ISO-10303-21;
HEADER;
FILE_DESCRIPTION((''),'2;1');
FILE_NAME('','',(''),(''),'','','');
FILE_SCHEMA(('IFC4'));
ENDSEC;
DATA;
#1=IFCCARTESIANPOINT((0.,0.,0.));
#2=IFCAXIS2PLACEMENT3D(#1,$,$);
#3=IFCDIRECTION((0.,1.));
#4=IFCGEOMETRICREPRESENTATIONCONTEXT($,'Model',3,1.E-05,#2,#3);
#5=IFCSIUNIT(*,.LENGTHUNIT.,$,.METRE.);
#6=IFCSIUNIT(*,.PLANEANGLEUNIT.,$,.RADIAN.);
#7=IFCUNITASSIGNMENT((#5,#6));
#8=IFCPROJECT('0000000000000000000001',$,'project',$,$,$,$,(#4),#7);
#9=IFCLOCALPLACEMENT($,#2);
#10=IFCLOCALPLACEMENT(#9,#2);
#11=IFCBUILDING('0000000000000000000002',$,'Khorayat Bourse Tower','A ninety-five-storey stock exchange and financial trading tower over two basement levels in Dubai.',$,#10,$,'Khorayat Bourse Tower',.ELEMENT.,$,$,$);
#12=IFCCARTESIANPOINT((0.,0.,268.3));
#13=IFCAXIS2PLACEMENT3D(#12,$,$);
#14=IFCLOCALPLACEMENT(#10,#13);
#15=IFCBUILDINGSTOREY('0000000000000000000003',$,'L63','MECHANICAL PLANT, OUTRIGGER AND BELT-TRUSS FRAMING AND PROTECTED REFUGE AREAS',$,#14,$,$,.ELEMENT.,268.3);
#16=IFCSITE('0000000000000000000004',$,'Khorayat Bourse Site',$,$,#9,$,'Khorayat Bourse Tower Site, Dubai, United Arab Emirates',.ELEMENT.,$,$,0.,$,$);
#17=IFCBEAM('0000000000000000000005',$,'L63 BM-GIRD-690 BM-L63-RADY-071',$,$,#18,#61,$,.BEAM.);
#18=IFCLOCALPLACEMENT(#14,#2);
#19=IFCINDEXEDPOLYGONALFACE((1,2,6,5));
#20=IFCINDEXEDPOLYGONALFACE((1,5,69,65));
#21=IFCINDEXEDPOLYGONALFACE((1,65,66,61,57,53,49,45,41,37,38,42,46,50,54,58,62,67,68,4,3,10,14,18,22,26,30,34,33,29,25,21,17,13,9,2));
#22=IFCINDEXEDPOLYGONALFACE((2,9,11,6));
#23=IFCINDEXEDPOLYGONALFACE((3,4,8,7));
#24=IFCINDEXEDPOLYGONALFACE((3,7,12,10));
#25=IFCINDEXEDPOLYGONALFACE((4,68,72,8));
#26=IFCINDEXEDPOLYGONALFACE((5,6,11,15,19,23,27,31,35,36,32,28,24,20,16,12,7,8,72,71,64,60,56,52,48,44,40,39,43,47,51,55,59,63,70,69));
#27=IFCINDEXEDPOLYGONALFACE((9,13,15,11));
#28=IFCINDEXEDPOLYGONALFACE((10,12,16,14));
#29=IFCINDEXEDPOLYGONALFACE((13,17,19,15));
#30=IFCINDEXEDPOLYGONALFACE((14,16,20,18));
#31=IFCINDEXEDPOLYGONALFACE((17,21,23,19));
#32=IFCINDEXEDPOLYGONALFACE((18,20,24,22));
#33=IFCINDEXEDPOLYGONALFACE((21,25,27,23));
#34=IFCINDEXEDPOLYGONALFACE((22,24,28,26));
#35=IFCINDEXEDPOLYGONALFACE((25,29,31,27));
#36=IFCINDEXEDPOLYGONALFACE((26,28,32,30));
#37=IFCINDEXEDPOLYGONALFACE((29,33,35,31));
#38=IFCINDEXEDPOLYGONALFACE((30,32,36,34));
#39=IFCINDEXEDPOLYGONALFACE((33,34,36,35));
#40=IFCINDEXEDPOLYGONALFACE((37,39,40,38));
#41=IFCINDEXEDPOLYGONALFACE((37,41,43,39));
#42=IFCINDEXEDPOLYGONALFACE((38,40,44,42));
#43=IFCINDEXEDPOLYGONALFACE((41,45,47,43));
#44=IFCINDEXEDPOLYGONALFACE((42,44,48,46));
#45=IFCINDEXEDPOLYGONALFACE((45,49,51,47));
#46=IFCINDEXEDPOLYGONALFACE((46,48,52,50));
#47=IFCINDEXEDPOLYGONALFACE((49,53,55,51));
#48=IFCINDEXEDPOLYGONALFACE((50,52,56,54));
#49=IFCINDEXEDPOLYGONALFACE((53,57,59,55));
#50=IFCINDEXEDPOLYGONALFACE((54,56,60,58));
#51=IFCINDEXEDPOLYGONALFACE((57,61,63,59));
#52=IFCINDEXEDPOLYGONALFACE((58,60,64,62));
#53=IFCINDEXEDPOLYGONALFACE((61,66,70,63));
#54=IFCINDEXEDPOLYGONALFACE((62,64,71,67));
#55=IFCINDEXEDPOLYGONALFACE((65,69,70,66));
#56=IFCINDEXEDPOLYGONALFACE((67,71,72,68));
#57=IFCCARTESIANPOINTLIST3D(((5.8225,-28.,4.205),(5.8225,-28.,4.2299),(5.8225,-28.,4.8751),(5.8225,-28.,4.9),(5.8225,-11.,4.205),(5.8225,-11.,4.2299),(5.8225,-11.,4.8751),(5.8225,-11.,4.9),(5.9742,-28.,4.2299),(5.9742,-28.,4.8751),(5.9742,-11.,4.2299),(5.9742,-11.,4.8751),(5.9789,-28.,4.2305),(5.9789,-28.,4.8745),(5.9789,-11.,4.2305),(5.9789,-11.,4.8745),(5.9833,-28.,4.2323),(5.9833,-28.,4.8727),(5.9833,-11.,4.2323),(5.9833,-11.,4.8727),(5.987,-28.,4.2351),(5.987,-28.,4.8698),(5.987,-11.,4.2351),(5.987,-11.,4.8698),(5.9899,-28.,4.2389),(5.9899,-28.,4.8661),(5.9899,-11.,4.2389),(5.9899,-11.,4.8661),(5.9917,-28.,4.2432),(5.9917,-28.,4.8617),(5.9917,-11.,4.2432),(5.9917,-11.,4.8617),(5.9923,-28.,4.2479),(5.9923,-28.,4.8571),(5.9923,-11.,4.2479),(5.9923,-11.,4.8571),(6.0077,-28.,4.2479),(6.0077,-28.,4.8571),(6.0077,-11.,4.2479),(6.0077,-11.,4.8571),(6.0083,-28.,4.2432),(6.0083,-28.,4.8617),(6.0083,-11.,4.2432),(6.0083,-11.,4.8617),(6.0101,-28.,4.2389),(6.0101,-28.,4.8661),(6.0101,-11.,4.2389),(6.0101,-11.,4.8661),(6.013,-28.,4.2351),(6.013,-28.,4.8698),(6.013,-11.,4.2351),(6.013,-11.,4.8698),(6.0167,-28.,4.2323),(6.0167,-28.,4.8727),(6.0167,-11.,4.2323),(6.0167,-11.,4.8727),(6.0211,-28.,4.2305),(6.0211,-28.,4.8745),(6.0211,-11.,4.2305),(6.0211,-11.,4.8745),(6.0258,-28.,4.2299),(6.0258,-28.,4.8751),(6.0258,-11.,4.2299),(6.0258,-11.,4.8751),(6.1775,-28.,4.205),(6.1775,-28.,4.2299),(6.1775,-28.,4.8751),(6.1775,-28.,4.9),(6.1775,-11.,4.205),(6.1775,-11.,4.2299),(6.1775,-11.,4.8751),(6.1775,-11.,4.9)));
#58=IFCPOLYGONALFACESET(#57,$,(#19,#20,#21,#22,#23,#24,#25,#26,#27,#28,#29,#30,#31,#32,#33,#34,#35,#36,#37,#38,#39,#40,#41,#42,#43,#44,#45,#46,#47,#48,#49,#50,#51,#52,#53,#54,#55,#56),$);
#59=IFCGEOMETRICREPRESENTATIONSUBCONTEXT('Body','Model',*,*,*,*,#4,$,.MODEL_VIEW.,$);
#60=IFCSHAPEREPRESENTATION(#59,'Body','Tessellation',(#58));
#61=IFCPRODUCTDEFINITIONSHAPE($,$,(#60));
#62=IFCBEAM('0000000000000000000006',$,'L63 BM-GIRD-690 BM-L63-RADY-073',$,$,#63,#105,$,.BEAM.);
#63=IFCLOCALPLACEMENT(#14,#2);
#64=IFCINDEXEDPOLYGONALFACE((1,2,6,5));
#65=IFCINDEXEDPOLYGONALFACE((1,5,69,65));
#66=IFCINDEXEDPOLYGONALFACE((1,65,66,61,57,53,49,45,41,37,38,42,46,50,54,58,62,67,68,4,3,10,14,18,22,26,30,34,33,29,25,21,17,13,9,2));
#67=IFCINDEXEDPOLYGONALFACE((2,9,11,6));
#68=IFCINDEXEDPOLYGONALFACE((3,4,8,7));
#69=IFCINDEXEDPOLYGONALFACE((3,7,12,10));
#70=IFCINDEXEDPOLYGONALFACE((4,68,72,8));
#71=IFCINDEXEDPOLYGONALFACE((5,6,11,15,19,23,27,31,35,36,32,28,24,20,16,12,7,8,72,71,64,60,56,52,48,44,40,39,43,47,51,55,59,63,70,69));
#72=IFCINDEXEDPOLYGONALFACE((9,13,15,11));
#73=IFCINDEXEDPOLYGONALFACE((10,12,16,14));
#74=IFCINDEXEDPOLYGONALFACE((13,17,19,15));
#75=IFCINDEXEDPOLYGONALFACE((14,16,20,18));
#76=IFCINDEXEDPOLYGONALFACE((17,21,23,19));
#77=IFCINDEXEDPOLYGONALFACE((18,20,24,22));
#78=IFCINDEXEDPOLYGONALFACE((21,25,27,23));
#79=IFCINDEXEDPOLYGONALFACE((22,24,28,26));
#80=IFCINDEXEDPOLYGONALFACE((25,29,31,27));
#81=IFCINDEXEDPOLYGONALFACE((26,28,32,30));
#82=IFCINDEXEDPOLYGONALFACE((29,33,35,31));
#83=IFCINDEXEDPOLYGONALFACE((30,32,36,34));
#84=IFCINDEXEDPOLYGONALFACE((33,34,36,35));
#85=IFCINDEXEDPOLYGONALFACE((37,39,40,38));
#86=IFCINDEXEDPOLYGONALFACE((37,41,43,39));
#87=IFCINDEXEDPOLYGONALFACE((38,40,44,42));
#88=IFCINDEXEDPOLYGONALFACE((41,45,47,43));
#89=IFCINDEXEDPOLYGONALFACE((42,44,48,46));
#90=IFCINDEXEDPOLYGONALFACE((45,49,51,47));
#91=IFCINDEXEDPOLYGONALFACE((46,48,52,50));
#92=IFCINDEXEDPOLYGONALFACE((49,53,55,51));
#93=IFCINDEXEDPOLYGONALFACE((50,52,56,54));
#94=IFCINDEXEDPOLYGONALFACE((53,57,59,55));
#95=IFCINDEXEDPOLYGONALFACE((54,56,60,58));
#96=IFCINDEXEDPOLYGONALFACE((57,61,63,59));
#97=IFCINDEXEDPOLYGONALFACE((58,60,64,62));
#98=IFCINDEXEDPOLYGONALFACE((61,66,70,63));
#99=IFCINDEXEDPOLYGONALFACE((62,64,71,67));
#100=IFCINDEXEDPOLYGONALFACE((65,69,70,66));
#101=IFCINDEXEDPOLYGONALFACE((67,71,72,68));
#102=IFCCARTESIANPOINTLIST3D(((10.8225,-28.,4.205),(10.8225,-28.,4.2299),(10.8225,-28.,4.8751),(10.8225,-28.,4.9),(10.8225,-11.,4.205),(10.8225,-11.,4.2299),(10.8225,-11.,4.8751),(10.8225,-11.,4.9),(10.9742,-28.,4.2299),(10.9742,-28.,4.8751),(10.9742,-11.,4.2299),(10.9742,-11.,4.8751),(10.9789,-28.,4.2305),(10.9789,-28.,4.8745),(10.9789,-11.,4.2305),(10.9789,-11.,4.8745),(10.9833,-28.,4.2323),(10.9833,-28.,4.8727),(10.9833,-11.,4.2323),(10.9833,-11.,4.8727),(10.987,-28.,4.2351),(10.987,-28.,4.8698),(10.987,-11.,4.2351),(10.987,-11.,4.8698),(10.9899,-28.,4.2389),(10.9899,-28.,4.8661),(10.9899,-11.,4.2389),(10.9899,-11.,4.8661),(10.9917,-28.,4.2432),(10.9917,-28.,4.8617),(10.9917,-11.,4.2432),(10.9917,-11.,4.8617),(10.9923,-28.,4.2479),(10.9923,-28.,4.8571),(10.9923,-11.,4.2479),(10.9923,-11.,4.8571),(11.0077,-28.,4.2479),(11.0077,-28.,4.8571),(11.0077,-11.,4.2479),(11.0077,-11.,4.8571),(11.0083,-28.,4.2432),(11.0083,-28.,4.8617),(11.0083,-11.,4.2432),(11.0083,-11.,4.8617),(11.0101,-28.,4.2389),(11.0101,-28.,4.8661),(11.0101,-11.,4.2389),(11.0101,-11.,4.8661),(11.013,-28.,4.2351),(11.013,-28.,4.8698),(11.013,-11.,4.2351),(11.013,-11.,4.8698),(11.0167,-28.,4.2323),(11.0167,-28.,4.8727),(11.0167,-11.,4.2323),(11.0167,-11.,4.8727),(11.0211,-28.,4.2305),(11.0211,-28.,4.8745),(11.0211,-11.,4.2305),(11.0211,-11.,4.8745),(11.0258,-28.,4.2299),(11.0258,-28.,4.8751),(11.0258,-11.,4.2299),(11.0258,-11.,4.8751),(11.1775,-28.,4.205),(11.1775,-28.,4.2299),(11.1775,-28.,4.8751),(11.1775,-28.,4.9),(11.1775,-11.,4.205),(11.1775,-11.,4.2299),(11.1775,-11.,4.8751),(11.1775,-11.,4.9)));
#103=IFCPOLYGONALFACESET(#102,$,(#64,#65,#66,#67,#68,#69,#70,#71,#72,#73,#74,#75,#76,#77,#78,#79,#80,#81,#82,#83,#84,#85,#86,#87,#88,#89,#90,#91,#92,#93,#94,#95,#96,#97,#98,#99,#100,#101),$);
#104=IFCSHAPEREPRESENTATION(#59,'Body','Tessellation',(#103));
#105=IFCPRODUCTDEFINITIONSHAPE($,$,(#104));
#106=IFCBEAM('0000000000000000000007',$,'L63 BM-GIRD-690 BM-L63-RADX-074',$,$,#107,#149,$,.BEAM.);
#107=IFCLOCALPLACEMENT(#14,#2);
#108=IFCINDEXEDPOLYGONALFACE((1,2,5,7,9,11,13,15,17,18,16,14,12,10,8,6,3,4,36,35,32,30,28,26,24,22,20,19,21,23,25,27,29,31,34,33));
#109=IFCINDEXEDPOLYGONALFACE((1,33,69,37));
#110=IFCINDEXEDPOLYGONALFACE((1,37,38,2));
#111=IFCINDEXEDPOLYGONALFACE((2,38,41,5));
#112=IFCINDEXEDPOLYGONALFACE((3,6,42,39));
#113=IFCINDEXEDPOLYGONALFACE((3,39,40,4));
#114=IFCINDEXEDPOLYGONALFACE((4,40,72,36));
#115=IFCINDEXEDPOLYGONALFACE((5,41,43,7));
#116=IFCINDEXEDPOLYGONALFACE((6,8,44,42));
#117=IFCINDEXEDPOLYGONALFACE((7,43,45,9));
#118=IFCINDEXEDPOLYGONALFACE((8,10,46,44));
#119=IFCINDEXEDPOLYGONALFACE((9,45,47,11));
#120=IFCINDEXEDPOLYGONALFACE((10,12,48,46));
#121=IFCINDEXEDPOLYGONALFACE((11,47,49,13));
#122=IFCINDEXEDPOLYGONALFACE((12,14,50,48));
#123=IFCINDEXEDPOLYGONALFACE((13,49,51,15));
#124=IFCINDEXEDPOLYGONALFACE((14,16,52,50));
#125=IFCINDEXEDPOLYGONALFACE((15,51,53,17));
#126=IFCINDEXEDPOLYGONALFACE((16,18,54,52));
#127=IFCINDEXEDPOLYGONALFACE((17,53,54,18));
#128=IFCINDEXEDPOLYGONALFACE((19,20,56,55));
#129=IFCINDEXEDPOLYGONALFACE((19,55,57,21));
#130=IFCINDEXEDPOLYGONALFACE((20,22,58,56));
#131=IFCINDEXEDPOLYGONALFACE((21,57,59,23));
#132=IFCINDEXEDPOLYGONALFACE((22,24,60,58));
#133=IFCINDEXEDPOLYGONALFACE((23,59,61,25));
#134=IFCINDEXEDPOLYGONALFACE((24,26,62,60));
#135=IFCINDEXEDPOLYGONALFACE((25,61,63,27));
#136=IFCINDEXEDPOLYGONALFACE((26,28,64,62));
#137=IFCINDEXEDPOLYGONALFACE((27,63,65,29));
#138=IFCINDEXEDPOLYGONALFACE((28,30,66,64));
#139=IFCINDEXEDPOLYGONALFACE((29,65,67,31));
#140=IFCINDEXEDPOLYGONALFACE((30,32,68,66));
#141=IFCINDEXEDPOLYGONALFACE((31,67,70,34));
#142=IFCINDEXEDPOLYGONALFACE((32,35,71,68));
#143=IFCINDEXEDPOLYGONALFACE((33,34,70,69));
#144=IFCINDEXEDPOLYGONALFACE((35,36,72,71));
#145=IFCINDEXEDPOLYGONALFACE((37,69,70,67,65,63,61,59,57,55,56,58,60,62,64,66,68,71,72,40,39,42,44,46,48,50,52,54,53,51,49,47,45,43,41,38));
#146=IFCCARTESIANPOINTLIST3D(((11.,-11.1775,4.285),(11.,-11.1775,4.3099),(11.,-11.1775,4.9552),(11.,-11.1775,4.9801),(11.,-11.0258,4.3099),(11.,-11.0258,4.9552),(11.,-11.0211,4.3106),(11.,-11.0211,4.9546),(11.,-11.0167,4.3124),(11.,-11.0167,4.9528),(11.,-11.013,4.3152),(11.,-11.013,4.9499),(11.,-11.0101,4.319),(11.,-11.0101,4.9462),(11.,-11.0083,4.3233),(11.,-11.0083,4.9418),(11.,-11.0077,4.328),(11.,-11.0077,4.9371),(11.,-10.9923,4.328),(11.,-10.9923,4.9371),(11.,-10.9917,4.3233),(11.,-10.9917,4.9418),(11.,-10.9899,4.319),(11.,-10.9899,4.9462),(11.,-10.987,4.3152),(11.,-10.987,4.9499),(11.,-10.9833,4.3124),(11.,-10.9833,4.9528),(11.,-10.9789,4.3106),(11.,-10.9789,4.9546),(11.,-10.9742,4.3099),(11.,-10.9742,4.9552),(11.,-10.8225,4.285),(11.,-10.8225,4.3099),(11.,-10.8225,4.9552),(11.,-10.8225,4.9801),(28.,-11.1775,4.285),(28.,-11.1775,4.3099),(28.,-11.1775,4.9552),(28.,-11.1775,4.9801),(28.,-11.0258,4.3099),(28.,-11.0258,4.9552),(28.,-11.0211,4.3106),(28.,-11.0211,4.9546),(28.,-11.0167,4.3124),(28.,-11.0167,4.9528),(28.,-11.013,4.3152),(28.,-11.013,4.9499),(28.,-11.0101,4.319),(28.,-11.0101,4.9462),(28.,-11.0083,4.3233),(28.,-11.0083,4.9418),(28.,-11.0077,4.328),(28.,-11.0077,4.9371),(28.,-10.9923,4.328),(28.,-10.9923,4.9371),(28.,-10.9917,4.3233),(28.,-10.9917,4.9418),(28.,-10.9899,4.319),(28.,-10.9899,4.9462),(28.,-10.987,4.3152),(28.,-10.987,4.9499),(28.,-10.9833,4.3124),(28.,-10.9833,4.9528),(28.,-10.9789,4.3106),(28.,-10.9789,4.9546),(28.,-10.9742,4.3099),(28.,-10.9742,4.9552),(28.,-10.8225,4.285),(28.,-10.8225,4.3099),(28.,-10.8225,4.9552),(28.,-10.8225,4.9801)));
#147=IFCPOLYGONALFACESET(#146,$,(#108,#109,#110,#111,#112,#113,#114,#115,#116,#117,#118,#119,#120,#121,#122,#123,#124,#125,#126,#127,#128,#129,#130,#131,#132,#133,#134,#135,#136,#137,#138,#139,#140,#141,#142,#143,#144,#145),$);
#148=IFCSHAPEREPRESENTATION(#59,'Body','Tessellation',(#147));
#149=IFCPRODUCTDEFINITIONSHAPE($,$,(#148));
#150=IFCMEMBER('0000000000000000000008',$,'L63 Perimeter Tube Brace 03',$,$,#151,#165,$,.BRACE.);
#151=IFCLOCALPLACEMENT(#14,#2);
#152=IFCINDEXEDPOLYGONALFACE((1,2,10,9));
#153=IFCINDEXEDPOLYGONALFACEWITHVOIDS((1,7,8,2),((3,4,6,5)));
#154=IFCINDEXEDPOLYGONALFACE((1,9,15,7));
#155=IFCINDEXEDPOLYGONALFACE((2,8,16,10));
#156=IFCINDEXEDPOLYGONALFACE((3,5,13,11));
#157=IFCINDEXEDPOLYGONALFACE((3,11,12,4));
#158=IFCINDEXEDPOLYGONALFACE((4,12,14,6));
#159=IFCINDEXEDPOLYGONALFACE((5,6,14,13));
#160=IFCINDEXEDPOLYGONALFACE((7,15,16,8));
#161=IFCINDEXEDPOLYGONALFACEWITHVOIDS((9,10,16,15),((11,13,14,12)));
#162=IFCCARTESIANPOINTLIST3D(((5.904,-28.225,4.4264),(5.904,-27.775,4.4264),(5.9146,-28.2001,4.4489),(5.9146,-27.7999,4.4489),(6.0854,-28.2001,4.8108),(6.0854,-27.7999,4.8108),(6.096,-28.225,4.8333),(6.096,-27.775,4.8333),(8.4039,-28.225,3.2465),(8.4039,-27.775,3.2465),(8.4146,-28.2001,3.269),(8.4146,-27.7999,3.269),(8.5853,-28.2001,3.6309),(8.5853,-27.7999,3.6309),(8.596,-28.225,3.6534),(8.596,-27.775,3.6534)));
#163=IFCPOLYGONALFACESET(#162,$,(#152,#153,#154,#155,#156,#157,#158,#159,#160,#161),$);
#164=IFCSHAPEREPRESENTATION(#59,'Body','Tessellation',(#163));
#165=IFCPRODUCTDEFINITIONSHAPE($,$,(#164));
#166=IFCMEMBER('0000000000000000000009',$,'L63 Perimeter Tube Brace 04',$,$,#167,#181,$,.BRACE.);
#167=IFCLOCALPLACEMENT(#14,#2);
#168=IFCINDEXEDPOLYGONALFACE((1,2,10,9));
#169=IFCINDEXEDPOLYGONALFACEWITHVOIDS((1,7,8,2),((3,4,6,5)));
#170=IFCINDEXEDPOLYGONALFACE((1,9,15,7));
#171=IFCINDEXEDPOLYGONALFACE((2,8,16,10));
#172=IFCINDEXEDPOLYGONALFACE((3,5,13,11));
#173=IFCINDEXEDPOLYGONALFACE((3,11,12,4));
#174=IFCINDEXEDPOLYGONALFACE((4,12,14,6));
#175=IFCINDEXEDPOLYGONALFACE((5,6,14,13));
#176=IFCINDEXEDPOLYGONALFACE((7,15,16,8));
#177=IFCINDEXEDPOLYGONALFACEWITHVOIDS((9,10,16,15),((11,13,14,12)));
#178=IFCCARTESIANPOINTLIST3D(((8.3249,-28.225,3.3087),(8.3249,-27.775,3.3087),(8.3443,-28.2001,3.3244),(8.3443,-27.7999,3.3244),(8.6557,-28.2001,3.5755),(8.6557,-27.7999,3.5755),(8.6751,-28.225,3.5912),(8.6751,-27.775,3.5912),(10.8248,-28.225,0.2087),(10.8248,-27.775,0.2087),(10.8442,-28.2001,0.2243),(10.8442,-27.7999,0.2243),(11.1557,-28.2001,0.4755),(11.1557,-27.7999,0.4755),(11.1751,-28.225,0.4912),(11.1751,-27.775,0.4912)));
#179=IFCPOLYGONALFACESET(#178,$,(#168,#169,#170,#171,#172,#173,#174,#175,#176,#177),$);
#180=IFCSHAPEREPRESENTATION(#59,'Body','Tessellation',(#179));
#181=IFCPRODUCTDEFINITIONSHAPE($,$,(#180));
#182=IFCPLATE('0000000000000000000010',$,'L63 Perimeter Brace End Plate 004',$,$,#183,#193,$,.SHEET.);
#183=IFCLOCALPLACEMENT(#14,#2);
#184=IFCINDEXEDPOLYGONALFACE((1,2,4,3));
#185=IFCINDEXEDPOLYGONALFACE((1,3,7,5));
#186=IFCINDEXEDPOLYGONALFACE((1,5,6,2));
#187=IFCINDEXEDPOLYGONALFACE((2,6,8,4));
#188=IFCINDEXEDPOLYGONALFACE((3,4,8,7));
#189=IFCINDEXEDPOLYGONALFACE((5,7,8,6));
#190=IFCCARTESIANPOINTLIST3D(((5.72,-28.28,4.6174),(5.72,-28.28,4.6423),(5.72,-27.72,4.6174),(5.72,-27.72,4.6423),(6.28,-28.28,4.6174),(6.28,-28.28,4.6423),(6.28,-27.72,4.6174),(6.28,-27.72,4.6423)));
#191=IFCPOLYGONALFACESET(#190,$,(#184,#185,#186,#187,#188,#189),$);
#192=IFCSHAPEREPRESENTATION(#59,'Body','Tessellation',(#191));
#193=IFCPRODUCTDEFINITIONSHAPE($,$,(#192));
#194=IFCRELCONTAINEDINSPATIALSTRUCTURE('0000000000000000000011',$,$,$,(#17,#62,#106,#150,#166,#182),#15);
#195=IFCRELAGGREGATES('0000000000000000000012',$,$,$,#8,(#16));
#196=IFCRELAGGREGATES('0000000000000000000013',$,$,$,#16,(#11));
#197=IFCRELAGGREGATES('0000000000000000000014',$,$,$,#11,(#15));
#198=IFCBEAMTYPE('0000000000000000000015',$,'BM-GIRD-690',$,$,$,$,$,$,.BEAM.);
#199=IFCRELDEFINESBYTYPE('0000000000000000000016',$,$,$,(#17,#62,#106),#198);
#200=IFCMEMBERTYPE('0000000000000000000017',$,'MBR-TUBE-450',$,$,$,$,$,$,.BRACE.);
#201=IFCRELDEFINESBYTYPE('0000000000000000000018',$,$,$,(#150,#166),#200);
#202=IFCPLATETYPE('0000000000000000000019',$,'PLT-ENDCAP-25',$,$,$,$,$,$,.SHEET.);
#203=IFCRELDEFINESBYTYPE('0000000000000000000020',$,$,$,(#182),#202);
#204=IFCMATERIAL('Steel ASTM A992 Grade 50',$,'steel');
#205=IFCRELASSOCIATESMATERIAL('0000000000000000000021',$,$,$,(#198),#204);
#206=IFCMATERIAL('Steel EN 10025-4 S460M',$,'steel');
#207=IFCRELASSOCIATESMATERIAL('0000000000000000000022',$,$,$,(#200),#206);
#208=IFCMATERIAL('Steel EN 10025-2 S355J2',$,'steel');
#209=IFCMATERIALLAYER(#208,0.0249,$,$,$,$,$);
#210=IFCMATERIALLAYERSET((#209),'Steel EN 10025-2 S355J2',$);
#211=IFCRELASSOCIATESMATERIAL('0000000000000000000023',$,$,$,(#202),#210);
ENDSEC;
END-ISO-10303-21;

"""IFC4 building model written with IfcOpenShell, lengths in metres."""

from ifc_helpers import new_model, si_unit, direction, frame, origin, origin_2d, place, context, subcontext, project, spatial, rectangle, hollow_rectangle, i_section, extrude, source, transform, mapped, material, layer, layer_set, material_profile, profile_set, type_object, element, save


model = new_model("IFC4")

# Units and contexts
model_context = context("Model", 3, precision=1e-05, world=origin(), true_north=direction((0.0, 1.0)))
body_context = subcontext(model_context, "Body", "Model", "MODEL_VIEW")
ifc_project = project(units=[si_unit("LENGTHUNIT", "METRE"), si_unit("PLANEANGLEUNIT", "RADIAN")], contexts=[model_context])

# Site, building, storey
site_placement = place(None, origin())
site = spatial("IfcSite", under=ifc_project, at=site_placement, Name="Khorayat Bourse Site", LongName="Khorayat Bourse Tower Site, Dubai, United Arab Emirates", CompositionType="ELEMENT", RefElevation=0.0)
building_placement = place(site_placement, origin())
building = spatial("IfcBuilding", under=site, at=building_placement, Name="Khorayat Bourse Tower", Description="A ninety-five-storey stock exchange and financial trading tower over two basement levels in Dubai.", LongName="Khorayat Bourse Tower", CompositionType="ELEMENT")
storey_placement = place(building_placement, frame((0.0, 0.0, 268.3)))
storey = spatial("IfcBuildingStorey", under=building, at=storey_placement, Name="L63", Description="MECHANICAL PLANT, OUTRIGGER AND BELT-TRUSS FRAMING AND PROTECTED REFUGE AREAS", CompositionType="ELEMENT", Elevation=268.3)

# Shared definitions
ifc_material_1 = material(Name="Steel EN 10025-4 S460M", Category="steel")

# Beams
ifc_material_2 = material(Name="Steel ASTM A992 Grade 50", Category="steel")
ifc_material_profile_1 = material_profile(ifc_material_2, i_section(OverallWidth=0.355, OverallDepth=0.6951, WebThickness=0.0154, FlangeThickness=0.0249, FilletRadius=0.0181, at=origin_2d()), Name="W690X217")
ifc_profile_set_1 = profile_set([ifc_material_profile_1], Name="Steel ASTM A992 Grade 50")
beam_type_1 = type_object("IfcBeamType", Name="BM-GIRD-690", PredefinedType="BEAM", material=ifc_profile_set_1)
shared_shape_1 = source(origin(), body_context, "Body", "SweptSolid", [
    extrude(i_section(OverallWidth=0.355, OverallDepth=0.6951, WebThickness=0.0154, FlangeThickness=0.0249, FilletRadius=0.0181, at=origin_2d()), origin(), (0.0, 0.0, 1.0), 17.0),
])
for number, where, z_axis, x_axis, name in (
    (1, (6.0, -28.0, 4.5525), (0.0, 1.0, 0.0), (-1.0, 0.0, 0.0), "L63 BM-GIRD-690 BM-L63-RADY-071"),
    (2, (11.0, -28.0, 4.5525), (0.0, 1.0, 0.0), (-1.0, 0.0, 0.0), "L63 BM-GIRD-690 BM-L63-RADY-073"),
    (3, (11.0, -11.0, 4.6326), (1.0, 0.0, 0.0), (0.0, 1.0, 0.0), "L63 BM-GIRD-690 BM-L63-RADX-074"),
):
    element("IfcBeam", number, at=place(storey_placement, frame(where, z_axis=z_axis, x_axis=x_axis)), inside=storey, type_object=beam_type_1, Name=name, PredefinedType="BEAM", context=body_context, shape_type="MappedRepresentation", body=[
        mapped(shared_shape_1, transform((0.0, 0.0, 0.0), scale=1.0)),
    ])

# Members
ifc_material_profile_2 = material_profile(ifc_material_1, hollow_rectangle(XDim=0.45, YDim=0.45, WallThickness=0.0249, at=origin_2d()), Name="HSS 450x450x25")
ifc_profile_set_2 = profile_set([ifc_material_profile_2], Name="Steel EN 10025-4 S460M")
member_type = type_object("IfcMemberType", Name="MBR-TUBE-450", PredefinedType="BRACE", material=ifc_profile_set_2)
shared_shape_2 = source(origin(), body_context, "Body", "SweptSolid", [
    extrude(hollow_rectangle(XDim=0.45, YDim=0.45, WallThickness=0.0249, at=origin_2d()), origin(), (0.0, 0.0, 1.0), 2.7644),
])
member_1_placement = place(storey_placement, frame((6.0, -28.0, 4.6299), z_axis=(0.904336, 0.0, -0.426822), x_axis=(0.0, 1.0, 0.0)))
element("IfcMember", 4, at=member_1_placement, inside=storey, type_object=member_type, Name="L63 Perimeter Tube Brace 03", PredefinedType="BRACE", context=body_context, shape_type="MappedRepresentation", body=[
    mapped(shared_shape_2, transform((0.0, 0.0, 0.0), scale=1.0)),
])
shared_shape_3 = source(origin(), body_context, "Body", "SweptSolid", [
    extrude(hollow_rectangle(XDim=0.45, YDim=0.45, WallThickness=0.0249, at=origin_2d()), origin(), (0.0, 0.0, 1.0), 3.9824),
])
member_2_placement = place(storey_placement, frame((8.5, -28.0, 3.45), z_axis=(0.62774, 0.0, -0.778423), x_axis=(0.0, 1.0, 0.0)))
element("IfcMember", 5, at=member_2_placement, inside=storey, type_object=member_type, Name="L63 Perimeter Tube Brace 04", PredefinedType="BRACE", context=body_context, shape_type="MappedRepresentation", body=[
    mapped(shared_shape_3, transform((0.0, 0.0, 0.0), scale=1.0)),
])

# Plate
ifc_material_3 = material(Name="Steel EN 10025-2 S355J2", Category="steel")
ifc_layer_1 = layer(ifc_material_3, 0.0249)
ifc_layer_set_1 = layer_set([ifc_layer_1], Name="Steel EN 10025-2 S355J2")
plate_type = type_object("IfcPlateType", Name="PLT-ENDCAP-25", PredefinedType="SHEET", material=ifc_layer_set_1)
shared_shape_4 = source(origin(), body_context, "Body", "SweptSolid", [
    extrude(rectangle(XDim=0.5601, YDim=0.5601, at=origin_2d()), origin(), (0.0, 0.0, 1.0), 0.0249),
])
for number, where, z_axis, x_axis, name in (
    (6, (6.0, -28.0, 4.6174), (0.0, 0.0, 1.0), (1.0, 0.0, 0.0), "L63 Perimeter Brace End Plate 004"),
):
    element("IfcPlate", number, at=place(storey_placement, frame(where, z_axis=z_axis, x_axis=x_axis)), inside=storey, type_object=plate_type, Name=name, PredefinedType="SHEET", context=body_context, shape_type="MappedRepresentation", body=[
        mapped(shared_shape_4, transform((0.0, 0.0, 0.0), scale=1.0)),
    ])

save(model, "model.ifc")
